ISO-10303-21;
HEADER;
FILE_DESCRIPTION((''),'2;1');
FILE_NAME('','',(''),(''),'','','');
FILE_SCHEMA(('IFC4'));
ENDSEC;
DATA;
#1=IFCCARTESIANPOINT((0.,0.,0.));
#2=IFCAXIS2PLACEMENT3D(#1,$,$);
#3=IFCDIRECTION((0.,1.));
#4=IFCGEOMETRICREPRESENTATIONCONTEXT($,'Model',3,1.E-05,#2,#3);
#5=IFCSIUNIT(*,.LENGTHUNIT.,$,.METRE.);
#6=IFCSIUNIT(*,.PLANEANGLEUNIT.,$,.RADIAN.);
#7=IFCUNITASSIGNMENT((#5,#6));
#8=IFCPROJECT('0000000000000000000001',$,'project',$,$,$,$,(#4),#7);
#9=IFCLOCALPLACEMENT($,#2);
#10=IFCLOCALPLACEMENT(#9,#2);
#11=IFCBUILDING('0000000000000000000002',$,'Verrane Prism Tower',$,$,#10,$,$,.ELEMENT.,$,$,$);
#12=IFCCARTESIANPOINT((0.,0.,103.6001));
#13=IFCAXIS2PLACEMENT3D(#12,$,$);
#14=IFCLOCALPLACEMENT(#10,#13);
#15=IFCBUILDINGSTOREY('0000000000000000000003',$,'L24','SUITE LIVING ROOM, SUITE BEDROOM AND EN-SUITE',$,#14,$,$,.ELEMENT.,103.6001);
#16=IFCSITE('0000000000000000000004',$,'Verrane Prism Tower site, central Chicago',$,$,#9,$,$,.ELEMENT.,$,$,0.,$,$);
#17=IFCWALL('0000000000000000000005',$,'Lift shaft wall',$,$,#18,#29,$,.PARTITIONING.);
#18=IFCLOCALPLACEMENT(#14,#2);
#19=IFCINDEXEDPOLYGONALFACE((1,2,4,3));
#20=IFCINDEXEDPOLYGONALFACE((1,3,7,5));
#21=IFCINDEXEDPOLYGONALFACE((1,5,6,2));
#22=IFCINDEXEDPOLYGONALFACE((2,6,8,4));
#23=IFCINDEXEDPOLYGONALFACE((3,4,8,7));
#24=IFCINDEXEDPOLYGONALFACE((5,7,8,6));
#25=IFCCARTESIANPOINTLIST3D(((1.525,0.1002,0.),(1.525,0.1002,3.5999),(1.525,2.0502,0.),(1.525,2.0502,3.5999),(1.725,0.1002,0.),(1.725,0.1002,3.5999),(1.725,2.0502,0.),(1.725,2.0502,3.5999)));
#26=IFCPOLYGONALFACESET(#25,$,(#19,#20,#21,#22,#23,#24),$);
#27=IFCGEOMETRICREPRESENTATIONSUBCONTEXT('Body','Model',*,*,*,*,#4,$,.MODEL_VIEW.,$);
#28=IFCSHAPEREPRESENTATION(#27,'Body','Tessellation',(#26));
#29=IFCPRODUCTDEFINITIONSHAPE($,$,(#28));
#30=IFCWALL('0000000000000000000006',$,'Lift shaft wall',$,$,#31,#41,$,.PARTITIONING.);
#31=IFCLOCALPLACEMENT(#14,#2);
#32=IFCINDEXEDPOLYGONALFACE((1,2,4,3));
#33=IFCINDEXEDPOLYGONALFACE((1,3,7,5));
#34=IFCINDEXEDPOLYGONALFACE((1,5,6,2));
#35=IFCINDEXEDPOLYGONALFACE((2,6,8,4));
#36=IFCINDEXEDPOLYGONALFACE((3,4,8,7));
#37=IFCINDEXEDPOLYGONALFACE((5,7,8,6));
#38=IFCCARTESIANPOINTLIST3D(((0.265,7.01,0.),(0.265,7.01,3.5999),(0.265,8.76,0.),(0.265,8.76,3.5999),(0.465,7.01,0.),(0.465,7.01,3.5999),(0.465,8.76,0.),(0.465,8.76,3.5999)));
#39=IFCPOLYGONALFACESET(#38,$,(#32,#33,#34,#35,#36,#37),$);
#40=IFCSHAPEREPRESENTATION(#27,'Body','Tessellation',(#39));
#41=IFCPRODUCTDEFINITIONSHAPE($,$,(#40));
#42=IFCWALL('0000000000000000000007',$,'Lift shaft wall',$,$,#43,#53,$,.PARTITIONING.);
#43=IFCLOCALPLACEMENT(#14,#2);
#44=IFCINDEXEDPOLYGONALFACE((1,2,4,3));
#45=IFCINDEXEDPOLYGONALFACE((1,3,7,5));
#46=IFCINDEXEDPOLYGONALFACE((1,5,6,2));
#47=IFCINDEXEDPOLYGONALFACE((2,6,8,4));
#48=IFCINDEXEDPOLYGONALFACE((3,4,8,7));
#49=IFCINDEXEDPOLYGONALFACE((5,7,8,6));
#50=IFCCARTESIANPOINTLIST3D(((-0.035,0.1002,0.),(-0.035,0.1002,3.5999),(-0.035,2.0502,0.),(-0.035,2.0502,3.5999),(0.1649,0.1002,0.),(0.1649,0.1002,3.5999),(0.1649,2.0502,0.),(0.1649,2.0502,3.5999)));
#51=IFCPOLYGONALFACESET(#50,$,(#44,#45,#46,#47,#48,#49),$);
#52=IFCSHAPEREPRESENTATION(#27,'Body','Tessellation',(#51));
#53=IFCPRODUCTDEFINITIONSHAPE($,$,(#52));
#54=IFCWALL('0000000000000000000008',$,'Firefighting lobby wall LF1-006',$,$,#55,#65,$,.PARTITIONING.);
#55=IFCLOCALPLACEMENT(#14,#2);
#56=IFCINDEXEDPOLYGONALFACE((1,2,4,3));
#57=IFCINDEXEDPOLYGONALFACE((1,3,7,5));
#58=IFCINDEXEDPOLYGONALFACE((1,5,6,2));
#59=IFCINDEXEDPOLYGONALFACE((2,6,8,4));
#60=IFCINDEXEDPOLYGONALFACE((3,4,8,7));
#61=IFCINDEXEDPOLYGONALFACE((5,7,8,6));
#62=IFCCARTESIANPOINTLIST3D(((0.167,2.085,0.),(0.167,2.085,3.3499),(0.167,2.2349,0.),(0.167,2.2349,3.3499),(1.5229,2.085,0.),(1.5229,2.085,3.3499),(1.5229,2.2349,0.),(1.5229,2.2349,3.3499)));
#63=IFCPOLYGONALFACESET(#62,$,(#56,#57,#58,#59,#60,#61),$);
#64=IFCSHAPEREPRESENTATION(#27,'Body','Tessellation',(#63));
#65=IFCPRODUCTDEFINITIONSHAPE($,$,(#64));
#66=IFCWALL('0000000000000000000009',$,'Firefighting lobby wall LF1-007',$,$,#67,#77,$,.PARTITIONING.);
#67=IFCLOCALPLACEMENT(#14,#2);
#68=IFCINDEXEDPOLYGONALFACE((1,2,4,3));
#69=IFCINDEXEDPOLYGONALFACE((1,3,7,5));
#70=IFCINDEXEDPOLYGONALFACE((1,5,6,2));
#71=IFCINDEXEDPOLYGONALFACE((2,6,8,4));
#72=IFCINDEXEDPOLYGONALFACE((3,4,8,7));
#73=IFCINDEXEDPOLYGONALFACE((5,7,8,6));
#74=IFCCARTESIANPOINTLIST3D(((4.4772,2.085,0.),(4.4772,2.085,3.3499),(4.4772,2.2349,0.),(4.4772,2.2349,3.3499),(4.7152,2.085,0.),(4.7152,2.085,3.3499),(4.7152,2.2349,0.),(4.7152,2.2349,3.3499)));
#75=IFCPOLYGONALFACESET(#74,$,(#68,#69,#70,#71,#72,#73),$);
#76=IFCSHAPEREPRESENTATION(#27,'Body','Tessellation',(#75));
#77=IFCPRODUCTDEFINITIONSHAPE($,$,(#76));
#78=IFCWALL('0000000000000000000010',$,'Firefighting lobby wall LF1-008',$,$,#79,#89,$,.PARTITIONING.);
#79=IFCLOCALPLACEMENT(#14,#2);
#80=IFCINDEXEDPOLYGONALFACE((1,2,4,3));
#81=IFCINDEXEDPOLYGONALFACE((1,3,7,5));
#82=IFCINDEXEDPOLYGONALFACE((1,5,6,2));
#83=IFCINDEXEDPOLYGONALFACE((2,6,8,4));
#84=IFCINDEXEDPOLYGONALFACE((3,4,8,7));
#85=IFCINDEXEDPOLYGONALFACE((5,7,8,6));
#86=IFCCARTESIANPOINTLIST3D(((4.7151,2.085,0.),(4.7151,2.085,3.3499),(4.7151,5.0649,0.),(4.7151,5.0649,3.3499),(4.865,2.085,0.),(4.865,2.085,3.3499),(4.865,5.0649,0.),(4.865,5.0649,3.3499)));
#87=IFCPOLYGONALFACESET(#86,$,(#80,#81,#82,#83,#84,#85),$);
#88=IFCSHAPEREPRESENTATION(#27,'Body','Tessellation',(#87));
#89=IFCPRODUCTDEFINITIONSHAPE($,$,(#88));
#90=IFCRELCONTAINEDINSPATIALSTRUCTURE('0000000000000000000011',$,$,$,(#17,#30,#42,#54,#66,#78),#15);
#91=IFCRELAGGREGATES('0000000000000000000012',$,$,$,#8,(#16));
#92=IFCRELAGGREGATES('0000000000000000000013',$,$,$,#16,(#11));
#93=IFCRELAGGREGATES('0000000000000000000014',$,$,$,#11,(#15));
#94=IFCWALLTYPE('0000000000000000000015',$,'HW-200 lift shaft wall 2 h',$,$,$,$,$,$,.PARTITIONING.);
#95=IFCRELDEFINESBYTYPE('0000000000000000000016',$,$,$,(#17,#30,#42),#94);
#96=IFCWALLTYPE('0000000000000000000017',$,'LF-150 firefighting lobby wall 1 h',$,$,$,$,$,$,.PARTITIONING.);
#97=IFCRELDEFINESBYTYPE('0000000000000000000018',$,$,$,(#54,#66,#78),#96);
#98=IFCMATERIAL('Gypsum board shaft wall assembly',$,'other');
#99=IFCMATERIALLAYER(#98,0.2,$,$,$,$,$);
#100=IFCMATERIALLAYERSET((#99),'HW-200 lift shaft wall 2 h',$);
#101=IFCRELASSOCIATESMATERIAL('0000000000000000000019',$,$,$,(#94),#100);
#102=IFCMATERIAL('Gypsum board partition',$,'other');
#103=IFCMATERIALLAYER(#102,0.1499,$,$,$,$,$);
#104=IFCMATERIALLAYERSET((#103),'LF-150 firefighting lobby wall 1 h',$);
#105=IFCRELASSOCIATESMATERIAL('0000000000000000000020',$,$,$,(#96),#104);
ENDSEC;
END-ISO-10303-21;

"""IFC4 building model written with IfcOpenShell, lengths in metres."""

from ifc_helpers import new_model, si_unit, direction, frame, frame_2d, origin, place, context, subcontext, project, spatial, rectangle, extrude, material, layer, layer_set, type_object, element, save


model = new_model("IFC4")

# Units and contexts
model_context = context("Model", 3, precision=1e-05, world=origin(), true_north=direction((0.0, 1.0)))
body_context = subcontext(model_context, "Body", "Model", "MODEL_VIEW")
ifc_project = project(units=[si_unit("LENGTHUNIT", "METRE"), si_unit("PLANEANGLEUNIT", "RADIAN")], contexts=[model_context])

# Site, building, storey
site_placement = place(None, origin())
site = spatial("IfcSite", under=ifc_project, at=site_placement, Name="Verrane Prism Tower site, central Chicago", CompositionType="ELEMENT", RefElevation=0.0)
building_placement = place(site_placement, origin())
building = spatial("IfcBuilding", under=site, at=building_placement, Name="Verrane Prism Tower", CompositionType="ELEMENT")
storey_placement = place(building_placement, frame((0.0, 0.0, 103.6001)))
storey = spatial("IfcBuildingStorey", under=building, at=storey_placement, Name="L24", Description="SUITE LIVING ROOM, SUITE BEDROOM AND EN-SUITE", CompositionType="ELEMENT", Elevation=103.6001)

# Shared definitions
ifc_material_1 = material(Name="Gypsum board shaft wall assembly", Category="other")
ifc_layer_1 = layer(ifc_material_1, 0.2)
ifc_layer_set_1 = layer_set([ifc_layer_1], Name="HW-200 lift shaft wall 2 h")
wall_type_1 = type_object("IfcWallType", Name="HW-200 lift shaft wall 2 h", PredefinedType="PARTITIONING", material=ifc_layer_set_1)

# Walls
wall_1_placement = place(storey_placement, frame((1.625, 0.1001, 0.0), z_axis=(0.0, 0.0, 1.0), x_axis=(0.0, 1.0, 0.0)))
element("IfcWall", 1, at=wall_1_placement, inside=storey, type_object=wall_type_1, Name="Lift shaft wall", PredefinedType="PARTITIONING", context=body_context, shape_type="SweptSolid", body=[
    extrude(rectangle(XDim=1.95, YDim=0.2, at=frame_2d((0.9751, 0.0))), origin(), (0.0, 0.0, 1.0), 3.5999),
])
wall_2_placement = place(storey_placement, frame((0.365, 7.01, 0.0), z_axis=(0.0, 0.0, 1.0), x_axis=(0.0, 1.0, 0.0)))
element("IfcWall", 2, at=wall_2_placement, inside=storey, type_object=wall_type_1, Name="Lift shaft wall", PredefinedType="PARTITIONING", context=body_context, shape_type="SweptSolid", body=[
    extrude(rectangle(XDim=1.75, YDim=0.2, at=frame_2d((0.875, 0.0))), origin(), (0.0, 0.0, 1.0), 3.5999),
])
wall_3_placement = place(storey_placement, frame((0.0649, 0.1001, 0.0), z_axis=(0.0, 0.0, 1.0), x_axis=(0.0, 1.0, 0.0)))
element("IfcWall", 3, at=wall_3_placement, inside=storey, type_object=wall_type_1, Name="Lift shaft wall", PredefinedType="PARTITIONING", context=body_context, shape_type="SweptSolid", body=[
    extrude(rectangle(XDim=1.95, YDim=0.2, at=frame_2d((0.9751, 0.0))), origin(), (0.0, 0.0, 1.0), 3.5999),
])
ifc_material_2 = material(Name="Gypsum board partition", Category="other")
ifc_layer_2 = layer(ifc_material_2, 0.1499)
ifc_layer_set_2 = layer_set([ifc_layer_2], Name="LF-150 firefighting lobby wall 1 h")
wall_type_2 = type_object("IfcWallType", Name="LF-150 firefighting lobby wall 1 h", PredefinedType="PARTITIONING", material=ifc_layer_set_2)
wall_4_placement = place(storey_placement, frame((0.167, 2.1599, 0.0), z_axis=(0.0, 0.0, 1.0), x_axis=(1.0, 0.0, 0.0)))
element("IfcWall", 4, at=wall_4_placement, inside=storey, type_object=wall_type_2, Name="Firefighting lobby wall LF1-006", PredefinedType="PARTITIONING", context=body_context, shape_type="SweptSolid", body=[
    extrude(rectangle(XDim=1.356, YDim=0.1499, at=frame_2d((0.678, 0.0))), origin(), (0.0, 0.0, 1.0), 3.3499),
])
wall_5_placement = place(storey_placement, frame((4.4771, 2.1599, 0.0), z_axis=(0.0, 0.0, 1.0), x_axis=(1.0, 0.0, 0.0)))
element("IfcWall", 5, at=wall_5_placement, inside=storey, type_object=wall_type_2, Name="Firefighting lobby wall LF1-007", PredefinedType="PARTITIONING", context=body_context, shape_type="SweptSolid", body=[
    extrude(rectangle(XDim=0.238, YDim=0.1499, at=frame_2d((0.1191, 0.0))), origin(), (0.0, 0.0, 1.0), 3.3499),
])
wall_6_placement = place(storey_placement, frame((4.79, 2.085, 0.0), z_axis=(0.0, 0.0, 1.0), x_axis=(0.0, 1.0, 0.0)))
element("IfcWall", 6, at=wall_6_placement, inside=storey, type_object=wall_type_2, Name="Firefighting lobby wall LF1-008", PredefinedType="PARTITIONING", context=body_context, shape_type="SweptSolid", body=[
    extrude(rectangle(XDim=2.98, YDim=0.1499, at=frame_2d((1.49, 0.0))), origin(), (0.0, 0.0, 1.0), 3.3499),
])

save(model, "model.ifc")
